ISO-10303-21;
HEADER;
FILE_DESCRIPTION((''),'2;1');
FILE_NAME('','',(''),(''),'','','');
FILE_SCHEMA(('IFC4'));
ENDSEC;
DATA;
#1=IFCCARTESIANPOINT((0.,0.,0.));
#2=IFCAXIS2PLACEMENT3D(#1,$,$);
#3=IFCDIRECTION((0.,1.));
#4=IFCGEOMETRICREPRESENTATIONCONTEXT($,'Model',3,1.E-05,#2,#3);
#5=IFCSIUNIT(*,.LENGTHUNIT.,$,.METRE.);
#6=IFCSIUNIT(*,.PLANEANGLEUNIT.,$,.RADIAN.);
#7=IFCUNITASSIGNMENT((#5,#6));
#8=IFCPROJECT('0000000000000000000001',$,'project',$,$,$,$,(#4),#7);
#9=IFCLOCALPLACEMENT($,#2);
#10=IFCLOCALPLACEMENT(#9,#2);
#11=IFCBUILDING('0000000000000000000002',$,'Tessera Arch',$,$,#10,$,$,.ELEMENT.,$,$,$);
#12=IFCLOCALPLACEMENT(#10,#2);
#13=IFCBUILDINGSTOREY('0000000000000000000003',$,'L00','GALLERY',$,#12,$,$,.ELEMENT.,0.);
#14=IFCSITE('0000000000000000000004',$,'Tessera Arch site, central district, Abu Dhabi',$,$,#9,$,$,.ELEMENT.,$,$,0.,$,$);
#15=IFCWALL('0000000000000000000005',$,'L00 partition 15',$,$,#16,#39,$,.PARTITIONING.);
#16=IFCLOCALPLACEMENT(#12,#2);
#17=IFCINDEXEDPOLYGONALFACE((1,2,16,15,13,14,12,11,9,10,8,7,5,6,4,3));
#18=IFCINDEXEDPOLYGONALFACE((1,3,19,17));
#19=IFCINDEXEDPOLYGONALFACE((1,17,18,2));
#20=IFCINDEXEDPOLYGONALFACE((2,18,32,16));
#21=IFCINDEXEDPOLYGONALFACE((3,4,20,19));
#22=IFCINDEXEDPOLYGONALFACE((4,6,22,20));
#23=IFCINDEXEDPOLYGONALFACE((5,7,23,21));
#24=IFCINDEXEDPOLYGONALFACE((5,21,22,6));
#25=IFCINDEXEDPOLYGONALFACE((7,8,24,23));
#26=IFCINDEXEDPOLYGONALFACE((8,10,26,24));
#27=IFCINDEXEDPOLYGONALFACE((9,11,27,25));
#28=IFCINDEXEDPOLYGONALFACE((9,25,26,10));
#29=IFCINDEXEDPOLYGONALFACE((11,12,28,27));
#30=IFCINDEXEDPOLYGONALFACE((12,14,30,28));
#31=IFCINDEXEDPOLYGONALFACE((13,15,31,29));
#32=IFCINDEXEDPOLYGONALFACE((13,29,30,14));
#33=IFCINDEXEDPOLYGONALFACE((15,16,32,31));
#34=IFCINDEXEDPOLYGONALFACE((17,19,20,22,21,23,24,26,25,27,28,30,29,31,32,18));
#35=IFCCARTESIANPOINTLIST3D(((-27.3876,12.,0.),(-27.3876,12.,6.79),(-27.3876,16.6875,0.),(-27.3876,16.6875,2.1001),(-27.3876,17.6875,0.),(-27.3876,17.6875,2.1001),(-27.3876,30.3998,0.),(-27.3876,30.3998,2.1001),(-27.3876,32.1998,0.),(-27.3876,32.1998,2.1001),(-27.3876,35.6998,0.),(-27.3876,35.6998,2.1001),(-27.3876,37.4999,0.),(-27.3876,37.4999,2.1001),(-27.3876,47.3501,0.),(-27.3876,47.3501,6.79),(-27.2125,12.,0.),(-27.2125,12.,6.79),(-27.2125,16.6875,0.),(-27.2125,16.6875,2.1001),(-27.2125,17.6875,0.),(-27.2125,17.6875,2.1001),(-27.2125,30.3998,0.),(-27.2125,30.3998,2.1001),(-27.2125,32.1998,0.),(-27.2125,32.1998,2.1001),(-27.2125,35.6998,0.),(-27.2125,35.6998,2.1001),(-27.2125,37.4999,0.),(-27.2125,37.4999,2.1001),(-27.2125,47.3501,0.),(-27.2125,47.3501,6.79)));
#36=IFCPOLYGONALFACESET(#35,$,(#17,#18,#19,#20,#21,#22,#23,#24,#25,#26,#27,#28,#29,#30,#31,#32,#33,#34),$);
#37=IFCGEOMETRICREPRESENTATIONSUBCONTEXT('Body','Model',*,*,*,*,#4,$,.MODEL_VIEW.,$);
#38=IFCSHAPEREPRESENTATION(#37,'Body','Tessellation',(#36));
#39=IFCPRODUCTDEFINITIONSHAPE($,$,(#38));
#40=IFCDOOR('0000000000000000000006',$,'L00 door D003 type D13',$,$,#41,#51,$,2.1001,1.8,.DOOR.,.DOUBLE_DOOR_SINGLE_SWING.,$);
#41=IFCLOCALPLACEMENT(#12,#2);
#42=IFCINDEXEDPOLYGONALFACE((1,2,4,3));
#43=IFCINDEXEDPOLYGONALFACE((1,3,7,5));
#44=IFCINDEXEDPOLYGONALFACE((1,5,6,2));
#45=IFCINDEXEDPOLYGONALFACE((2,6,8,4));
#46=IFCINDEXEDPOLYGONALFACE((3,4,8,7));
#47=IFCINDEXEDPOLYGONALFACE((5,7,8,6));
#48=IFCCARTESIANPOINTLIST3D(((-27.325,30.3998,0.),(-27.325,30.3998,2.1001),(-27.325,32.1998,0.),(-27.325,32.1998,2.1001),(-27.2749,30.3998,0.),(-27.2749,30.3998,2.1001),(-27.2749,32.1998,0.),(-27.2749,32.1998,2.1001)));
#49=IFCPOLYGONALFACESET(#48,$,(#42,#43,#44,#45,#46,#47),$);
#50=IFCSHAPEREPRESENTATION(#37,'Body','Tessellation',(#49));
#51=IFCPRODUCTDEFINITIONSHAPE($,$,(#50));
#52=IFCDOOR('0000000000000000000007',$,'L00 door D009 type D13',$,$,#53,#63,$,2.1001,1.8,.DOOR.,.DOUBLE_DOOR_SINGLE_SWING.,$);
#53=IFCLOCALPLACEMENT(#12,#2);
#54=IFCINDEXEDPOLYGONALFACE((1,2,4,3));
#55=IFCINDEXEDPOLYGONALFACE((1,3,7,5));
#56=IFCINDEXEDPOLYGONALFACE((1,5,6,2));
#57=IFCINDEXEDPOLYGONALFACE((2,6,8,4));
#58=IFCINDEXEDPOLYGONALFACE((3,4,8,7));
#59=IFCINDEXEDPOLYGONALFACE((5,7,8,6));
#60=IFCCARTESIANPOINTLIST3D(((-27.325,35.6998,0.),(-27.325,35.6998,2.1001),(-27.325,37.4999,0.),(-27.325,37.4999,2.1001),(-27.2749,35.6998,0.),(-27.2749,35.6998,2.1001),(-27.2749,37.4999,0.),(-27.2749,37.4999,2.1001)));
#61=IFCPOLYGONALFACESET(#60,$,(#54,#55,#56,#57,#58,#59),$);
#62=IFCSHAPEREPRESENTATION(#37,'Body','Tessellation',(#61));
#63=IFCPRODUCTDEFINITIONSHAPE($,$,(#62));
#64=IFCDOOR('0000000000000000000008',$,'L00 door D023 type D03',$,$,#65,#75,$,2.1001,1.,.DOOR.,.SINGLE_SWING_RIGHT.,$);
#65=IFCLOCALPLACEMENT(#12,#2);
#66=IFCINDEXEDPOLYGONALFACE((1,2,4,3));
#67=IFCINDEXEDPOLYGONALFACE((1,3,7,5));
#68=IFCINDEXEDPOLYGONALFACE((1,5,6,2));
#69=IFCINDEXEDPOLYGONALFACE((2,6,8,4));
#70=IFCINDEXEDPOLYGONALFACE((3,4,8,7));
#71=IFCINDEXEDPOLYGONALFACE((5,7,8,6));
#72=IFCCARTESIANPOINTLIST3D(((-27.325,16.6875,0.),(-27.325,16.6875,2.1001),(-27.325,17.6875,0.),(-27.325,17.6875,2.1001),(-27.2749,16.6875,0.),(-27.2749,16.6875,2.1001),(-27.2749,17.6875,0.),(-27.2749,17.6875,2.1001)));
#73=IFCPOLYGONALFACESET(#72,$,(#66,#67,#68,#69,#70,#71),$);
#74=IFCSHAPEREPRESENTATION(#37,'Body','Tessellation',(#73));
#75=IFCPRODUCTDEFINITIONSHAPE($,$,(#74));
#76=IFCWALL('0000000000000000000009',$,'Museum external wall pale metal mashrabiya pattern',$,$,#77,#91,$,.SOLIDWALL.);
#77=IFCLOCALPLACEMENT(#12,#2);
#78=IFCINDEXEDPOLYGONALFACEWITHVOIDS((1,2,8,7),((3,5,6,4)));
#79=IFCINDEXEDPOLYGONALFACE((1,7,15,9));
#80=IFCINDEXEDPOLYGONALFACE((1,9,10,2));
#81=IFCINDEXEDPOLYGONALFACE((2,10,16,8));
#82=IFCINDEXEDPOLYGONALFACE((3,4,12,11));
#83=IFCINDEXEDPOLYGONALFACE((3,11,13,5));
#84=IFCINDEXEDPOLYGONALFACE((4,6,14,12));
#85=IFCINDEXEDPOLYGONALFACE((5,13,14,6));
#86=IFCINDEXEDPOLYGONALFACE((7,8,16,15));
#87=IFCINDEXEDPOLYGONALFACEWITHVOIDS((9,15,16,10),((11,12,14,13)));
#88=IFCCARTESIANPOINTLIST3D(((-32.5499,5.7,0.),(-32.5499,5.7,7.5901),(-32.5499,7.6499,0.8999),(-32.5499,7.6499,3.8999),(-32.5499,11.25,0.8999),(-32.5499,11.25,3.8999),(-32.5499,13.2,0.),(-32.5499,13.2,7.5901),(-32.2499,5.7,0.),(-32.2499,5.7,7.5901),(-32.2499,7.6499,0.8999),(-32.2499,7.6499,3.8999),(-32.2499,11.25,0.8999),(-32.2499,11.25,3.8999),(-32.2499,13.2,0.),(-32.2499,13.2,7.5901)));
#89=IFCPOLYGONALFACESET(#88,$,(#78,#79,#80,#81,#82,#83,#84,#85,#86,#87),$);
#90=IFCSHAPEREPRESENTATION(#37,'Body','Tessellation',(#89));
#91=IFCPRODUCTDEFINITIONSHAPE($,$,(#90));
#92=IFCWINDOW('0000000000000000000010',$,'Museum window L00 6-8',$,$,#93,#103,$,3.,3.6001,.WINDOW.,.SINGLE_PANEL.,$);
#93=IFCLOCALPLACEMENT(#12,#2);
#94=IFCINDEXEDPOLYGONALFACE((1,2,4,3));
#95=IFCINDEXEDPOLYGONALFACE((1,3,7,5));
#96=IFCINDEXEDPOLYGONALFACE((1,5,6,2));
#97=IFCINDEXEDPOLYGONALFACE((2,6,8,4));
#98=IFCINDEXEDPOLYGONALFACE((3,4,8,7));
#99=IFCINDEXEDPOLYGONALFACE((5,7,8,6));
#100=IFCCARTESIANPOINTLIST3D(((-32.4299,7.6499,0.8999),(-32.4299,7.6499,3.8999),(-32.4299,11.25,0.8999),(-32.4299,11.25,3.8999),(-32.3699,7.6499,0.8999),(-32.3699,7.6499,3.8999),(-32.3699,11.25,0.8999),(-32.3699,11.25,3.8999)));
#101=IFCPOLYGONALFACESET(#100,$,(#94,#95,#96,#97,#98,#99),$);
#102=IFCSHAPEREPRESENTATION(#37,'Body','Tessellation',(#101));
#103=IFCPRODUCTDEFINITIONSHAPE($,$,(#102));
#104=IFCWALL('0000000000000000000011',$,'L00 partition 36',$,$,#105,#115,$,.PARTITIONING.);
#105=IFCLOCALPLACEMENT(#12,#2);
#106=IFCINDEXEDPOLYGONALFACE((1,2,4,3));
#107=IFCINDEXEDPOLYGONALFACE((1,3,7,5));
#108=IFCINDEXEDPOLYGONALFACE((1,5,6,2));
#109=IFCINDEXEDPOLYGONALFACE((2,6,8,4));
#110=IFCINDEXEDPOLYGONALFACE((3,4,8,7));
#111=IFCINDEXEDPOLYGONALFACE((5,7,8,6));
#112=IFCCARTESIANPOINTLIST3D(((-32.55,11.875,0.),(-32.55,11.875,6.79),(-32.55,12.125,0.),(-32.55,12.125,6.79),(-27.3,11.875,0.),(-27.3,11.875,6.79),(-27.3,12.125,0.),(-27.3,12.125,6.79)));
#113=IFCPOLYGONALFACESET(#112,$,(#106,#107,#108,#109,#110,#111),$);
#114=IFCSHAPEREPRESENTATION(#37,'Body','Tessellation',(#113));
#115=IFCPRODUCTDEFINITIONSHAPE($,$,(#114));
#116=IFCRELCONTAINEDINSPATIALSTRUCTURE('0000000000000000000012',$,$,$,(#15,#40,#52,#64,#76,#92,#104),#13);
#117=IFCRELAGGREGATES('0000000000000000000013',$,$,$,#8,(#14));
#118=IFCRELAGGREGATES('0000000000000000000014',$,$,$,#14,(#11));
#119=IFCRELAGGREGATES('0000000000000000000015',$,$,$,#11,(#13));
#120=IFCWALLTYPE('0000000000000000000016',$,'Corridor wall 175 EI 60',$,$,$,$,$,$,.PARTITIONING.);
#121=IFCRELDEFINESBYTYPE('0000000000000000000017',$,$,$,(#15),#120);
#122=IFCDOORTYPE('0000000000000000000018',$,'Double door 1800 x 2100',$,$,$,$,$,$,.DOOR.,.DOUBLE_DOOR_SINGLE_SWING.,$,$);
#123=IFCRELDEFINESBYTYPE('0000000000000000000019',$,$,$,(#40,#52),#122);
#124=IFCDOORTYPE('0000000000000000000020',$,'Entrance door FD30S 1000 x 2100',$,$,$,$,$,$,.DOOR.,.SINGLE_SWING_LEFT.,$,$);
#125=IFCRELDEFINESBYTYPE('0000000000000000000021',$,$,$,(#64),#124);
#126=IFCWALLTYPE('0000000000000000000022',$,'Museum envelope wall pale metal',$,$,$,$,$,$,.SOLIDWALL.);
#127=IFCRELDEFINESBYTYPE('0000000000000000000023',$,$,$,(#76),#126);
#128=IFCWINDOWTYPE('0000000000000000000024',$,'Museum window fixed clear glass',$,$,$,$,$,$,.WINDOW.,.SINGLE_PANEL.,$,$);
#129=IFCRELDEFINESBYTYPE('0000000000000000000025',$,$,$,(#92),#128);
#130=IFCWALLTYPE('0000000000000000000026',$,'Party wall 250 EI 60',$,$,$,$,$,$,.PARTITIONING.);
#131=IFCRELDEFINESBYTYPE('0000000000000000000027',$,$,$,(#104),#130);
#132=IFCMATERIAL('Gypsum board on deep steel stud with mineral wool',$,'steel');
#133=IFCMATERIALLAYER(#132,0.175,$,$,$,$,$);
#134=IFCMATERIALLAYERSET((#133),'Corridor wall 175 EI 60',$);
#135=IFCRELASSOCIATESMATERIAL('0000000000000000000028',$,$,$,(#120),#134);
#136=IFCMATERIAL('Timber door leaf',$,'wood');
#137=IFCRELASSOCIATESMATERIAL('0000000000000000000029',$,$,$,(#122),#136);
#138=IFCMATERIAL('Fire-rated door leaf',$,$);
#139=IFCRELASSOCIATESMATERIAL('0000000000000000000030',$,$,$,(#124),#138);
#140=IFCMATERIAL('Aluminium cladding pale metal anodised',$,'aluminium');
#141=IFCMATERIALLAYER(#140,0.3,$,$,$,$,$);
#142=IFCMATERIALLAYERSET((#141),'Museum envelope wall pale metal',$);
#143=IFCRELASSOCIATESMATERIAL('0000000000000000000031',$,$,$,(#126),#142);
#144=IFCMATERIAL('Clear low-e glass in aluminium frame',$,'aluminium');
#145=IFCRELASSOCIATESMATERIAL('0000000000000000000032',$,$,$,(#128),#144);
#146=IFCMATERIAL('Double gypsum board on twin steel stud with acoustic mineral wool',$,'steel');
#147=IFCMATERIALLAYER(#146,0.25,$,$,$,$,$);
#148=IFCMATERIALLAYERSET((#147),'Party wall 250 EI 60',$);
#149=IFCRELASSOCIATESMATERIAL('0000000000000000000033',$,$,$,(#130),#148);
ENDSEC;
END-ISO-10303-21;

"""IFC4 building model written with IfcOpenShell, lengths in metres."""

from ifc_helpers import new_model, si_unit, direction, frame, frame_2d, origin, place, context, subcontext, project, spatial, rectangle, extrude, material, layer, layer_set, type_object, element, fill, save


model = new_model("IFC4")

# Units and contexts
model_context = context("Model", 3, precision=1e-05, world=origin(), true_north=direction((0.0, 1.0)))
body_context = subcontext(model_context, "Body", "Model", "MODEL_VIEW")
ifc_project = project(units=[si_unit("LENGTHUNIT", "METRE"), si_unit("PLANEANGLEUNIT", "RADIAN")], contexts=[model_context])

# Site, building, storey
site_placement = place(None, origin())
site = spatial("IfcSite", under=ifc_project, at=site_placement, Name="Tessera Arch site, central district, Abu Dhabi", CompositionType="ELEMENT", RefElevation=0.0)
building_placement = place(site_placement, origin())
building = spatial("IfcBuilding", under=site, at=building_placement, Name="Tessera Arch", CompositionType="ELEMENT")
storey_placement = place(building_placement, origin())
storey = spatial("IfcBuildingStorey", under=building, at=storey_placement, Name="L00", Description="GALLERY", CompositionType="ELEMENT", Elevation=0.0)

# Shared definitions
ifc_material_1 = material(Name="Gypsum board on deep steel stud with mineral wool", Category="steel")
ifc_layer_1 = layer(ifc_material_1, 0.175)
ifc_layer_set_1 = layer_set([ifc_layer_1], Name="Corridor wall 175 EI 60")
wall_type_1 = type_object("IfcWallType", Name="Corridor wall 175 EI 60", PredefinedType="PARTITIONING", material=ifc_layer_set_1)

# Wall, openings, doors
wall_1_placement = place(storey_placement, frame((-27.3, 12.0, 0.0), z_axis=(0.0, 0.0, 1.0), x_axis=(0.0, 1.0, 0.0)))
wall_1 = element("IfcWall", 1, at=wall_1_placement, inside=storey, type_object=wall_type_1, Name="L00 partition 15", PredefinedType="PARTITIONING", context=body_context, shape_type="SweptSolid", body=[
    extrude(rectangle(XDim=35.3501, YDim=0.175, at=frame_2d((17.675, 0.0))), origin(), (0.0, 0.0, 1.0), 6.79),
])
opening_1_placement = place(wall_1_placement, frame((18.3999, 0.0, 0.0)))
opening_1 = element("IfcOpeningElement", 2, at=opening_1_placement, cuts=wall_1, PredefinedType="OPENING", context=body_context, shape_type="SweptSolid", body=[
    extrude(rectangle(XDim=1.8, YDim=2.1001, at=frame_2d((0.8999, 1.05))), frame((0.0, 0.0974, 0.0), z_axis=(0.0, -1.0, 0.0), x_axis=(1.0, 0.0, 0.0)), (0.0, 0.0, 1.0), 0.1951),
])
opening_2_placement = place(wall_1_placement, frame((23.7, 0.0, 0.0)))
opening_2 = element("IfcOpeningElement", 3, at=opening_2_placement, cuts=wall_1, PredefinedType="OPENING", context=body_context, shape_type="SweptSolid", body=[
    extrude(rectangle(XDim=1.8, YDim=2.1001, at=frame_2d((0.8999, 1.05))), frame((0.0, 0.0974, 0.0), z_axis=(0.0, -1.0, 0.0), x_axis=(1.0, 0.0, 0.0)), (0.0, 0.0, 1.0), 0.1951),
])
opening_3_placement = place(wall_1_placement, frame((4.6875, 0.0, 0.0)))
opening_3 = element("IfcOpeningElement", 4, at=opening_3_placement, cuts=wall_1, PredefinedType="OPENING", context=body_context, shape_type="SweptSolid", body=[
    extrude(rectangle(XDim=1.0, YDim=2.1001, at=frame_2d((0.5, 1.05))), frame((0.0, 0.0974, 0.0), z_axis=(0.0, -1.0, 0.0), x_axis=(1.0, 0.0, 0.0)), (0.0, 0.0, 1.0), 0.1951),
])
ifc_material_2 = material(Name="Timber door leaf", Category="wood")
door_type_1 = type_object("IfcDoorType", Name="Double door 1800 x 2100", OperationType="DOUBLE_DOOR_SINGLE_SWING", PredefinedType="DOOR", material=ifc_material_2)
door_1_placement = place(opening_1_placement, origin())
door_1 = element("IfcDoor", 5, at=door_1_placement, inside=storey, type_object=door_type_1, Name="L00 door D003 type D13", OperationType="DOUBLE_DOOR_SINGLE_SWING", OverallHeight=2.1001, OverallWidth=1.8, PredefinedType="DOOR", context=body_context, shape_type="SweptSolid", body=[
    extrude(rectangle(XDim=1.8, YDim=2.1001, at=frame_2d((0.8999, 1.05))), frame((0.0, 0.0249, 0.0), z_axis=(0.0, -1.0, 0.0), x_axis=(1.0, 0.0, 0.0)), (0.0, 0.0, 1.0), 0.05),
])
fill(opening_1, door_1)
door_2_placement = place(opening_2_placement, origin())
door_2 = element("IfcDoor", 6, at=door_2_placement, inside=storey, type_object=door_type_1, Name="L00 door D009 type D13", OperationType="DOUBLE_DOOR_SINGLE_SWING", OverallHeight=2.1001, OverallWidth=1.8, PredefinedType="DOOR", context=body_context, shape_type="SweptSolid", body=[
    extrude(rectangle(XDim=1.8, YDim=2.1001, at=frame_2d((0.8999, 1.05))), frame((0.0, 0.0249, 0.0), z_axis=(0.0, -1.0, 0.0), x_axis=(1.0, 0.0, 0.0)), (0.0, 0.0, 1.0), 0.05),
])
fill(opening_2, door_2)
ifc_material_3 = material(Name="Fire-rated door leaf")
door_type_2 = type_object("IfcDoorType", Name="Entrance door FD30S 1000 x 2100", OperationType="SINGLE_SWING_LEFT", PredefinedType="DOOR", material=ifc_material_3)
door_3_placement = place(opening_3_placement, origin())
door_3 = element("IfcDoor", 7, at=door_3_placement, inside=storey, type_object=door_type_2, Name="L00 door D023 type D03", OperationType="SINGLE_SWING_RIGHT", OverallHeight=2.1001, OverallWidth=1.0, PredefinedType="DOOR", context=body_context, shape_type="SweptSolid", body=[
    extrude(rectangle(XDim=1.0, YDim=2.1001, at=frame_2d((0.5, 1.05))), frame((0.0, 0.0249, 0.0), z_axis=(0.0, -1.0, 0.0), x_axis=(1.0, 0.0, 0.0)), (0.0, 0.0, 1.0), 0.05),
])
fill(opening_3, door_3)

# Wall, opening, window
ifc_material_4 = material(Name="Aluminium cladding pale metal anodised", Category="aluminium")
ifc_layer_2 = layer(ifc_material_4, 0.3)
ifc_layer_set_2 = layer_set([ifc_layer_2], Name="Museum envelope wall pale metal")
wall_type_2 = type_object("IfcWallType", Name="Museum envelope wall pale metal", PredefinedType="SOLIDWALL", material=ifc_layer_set_2)
wall_2_placement = place(storey_placement, frame((-32.3999, 13.2, 0.0), z_axis=(0.0, 0.0, 1.0), x_axis=(0.0, -1.0, 0.0)))
wall_2 = element("IfcWall", 8, at=wall_2_placement, inside=storey, type_object=wall_type_2, Name="Museum external wall pale metal mashrabiya pattern", PredefinedType="SOLIDWALL", context=body_context, shape_type="SweptSolid", body=[
    extrude(rectangle(XDim=7.5, YDim=0.3, at=frame_2d((3.75, 0.0))), origin(), (0.0, 0.0, 1.0), 7.5901),
])
opening_4_placement = place(wall_2_placement, frame((1.95, 0.0, 0.8999)))
opening_4 = element("IfcOpeningElement", 9, at=opening_4_placement, cuts=wall_2, PredefinedType="OPENING", context=body_context, shape_type="SweptSolid", body=[
    extrude(rectangle(XDim=3.6001, YDim=3.0, at=frame_2d((1.8, 1.5))), frame((0.0, 0.1599, 0.0), z_axis=(0.0, -1.0, 0.0), x_axis=(1.0, 0.0, 0.0)), (0.0, 0.0, 1.0), 0.3201),
])
ifc_material_5 = material(Name="Clear low-e glass in aluminium frame", Category="aluminium")
window_type = type_object("IfcWindowType", Name="Museum window fixed clear glass", PartitioningType="SINGLE_PANEL", PredefinedType="WINDOW", material=ifc_material_5)
window_placement = place(opening_4_placement, origin())
window = element("IfcWindow", 10, at=window_placement, inside=storey, type_object=window_type, Name="Museum window L00 6-8", OverallHeight=3.0, OverallWidth=3.6001, PartitioningType="SINGLE_PANEL", PredefinedType="WINDOW", context=body_context, shape_type="SweptSolid", body=[
    extrude(rectangle(XDim=3.6001, YDim=3.0, at=frame_2d((1.8, 1.5))), frame((0.0, 0.03, 0.0), z_axis=(0.0, -1.0, 0.0), x_axis=(1.0, 0.0, 0.0)), (0.0, 0.0, 1.0), 0.0601),
])
fill(opening_4, window)

# Wall
ifc_material_6 = material(Name="Double gypsum board on twin steel stud with acoustic mineral wool", Category="steel")
ifc_layer_3 = layer(ifc_material_6, 0.25)
ifc_layer_set_3 = layer_set([ifc_layer_3], Name="Party wall 250 EI 60")
wall_type_3 = type_object("IfcWallType", Name="Party wall 250 EI 60", PredefinedType="PARTITIONING", material=ifc_layer_set_3)
wall_3_placement = place(storey_placement, frame((-32.55, 12.0, 0.0), z_axis=(0.0, 0.0, 1.0), x_axis=(1.0, 0.0, 0.0)))
element("IfcWall", 11, at=wall_3_placement, inside=storey, type_object=wall_type_3, Name="L00 partition 36", PredefinedType="PARTITIONING", context=body_context, shape_type="SweptSolid", body=[
    extrude(rectangle(XDim=5.25, YDim=0.25, at=frame_2d((2.625, 0.0))), origin(), (0.0, 0.0, 1.0), 6.79),
])

save(model, "model.ifc")
